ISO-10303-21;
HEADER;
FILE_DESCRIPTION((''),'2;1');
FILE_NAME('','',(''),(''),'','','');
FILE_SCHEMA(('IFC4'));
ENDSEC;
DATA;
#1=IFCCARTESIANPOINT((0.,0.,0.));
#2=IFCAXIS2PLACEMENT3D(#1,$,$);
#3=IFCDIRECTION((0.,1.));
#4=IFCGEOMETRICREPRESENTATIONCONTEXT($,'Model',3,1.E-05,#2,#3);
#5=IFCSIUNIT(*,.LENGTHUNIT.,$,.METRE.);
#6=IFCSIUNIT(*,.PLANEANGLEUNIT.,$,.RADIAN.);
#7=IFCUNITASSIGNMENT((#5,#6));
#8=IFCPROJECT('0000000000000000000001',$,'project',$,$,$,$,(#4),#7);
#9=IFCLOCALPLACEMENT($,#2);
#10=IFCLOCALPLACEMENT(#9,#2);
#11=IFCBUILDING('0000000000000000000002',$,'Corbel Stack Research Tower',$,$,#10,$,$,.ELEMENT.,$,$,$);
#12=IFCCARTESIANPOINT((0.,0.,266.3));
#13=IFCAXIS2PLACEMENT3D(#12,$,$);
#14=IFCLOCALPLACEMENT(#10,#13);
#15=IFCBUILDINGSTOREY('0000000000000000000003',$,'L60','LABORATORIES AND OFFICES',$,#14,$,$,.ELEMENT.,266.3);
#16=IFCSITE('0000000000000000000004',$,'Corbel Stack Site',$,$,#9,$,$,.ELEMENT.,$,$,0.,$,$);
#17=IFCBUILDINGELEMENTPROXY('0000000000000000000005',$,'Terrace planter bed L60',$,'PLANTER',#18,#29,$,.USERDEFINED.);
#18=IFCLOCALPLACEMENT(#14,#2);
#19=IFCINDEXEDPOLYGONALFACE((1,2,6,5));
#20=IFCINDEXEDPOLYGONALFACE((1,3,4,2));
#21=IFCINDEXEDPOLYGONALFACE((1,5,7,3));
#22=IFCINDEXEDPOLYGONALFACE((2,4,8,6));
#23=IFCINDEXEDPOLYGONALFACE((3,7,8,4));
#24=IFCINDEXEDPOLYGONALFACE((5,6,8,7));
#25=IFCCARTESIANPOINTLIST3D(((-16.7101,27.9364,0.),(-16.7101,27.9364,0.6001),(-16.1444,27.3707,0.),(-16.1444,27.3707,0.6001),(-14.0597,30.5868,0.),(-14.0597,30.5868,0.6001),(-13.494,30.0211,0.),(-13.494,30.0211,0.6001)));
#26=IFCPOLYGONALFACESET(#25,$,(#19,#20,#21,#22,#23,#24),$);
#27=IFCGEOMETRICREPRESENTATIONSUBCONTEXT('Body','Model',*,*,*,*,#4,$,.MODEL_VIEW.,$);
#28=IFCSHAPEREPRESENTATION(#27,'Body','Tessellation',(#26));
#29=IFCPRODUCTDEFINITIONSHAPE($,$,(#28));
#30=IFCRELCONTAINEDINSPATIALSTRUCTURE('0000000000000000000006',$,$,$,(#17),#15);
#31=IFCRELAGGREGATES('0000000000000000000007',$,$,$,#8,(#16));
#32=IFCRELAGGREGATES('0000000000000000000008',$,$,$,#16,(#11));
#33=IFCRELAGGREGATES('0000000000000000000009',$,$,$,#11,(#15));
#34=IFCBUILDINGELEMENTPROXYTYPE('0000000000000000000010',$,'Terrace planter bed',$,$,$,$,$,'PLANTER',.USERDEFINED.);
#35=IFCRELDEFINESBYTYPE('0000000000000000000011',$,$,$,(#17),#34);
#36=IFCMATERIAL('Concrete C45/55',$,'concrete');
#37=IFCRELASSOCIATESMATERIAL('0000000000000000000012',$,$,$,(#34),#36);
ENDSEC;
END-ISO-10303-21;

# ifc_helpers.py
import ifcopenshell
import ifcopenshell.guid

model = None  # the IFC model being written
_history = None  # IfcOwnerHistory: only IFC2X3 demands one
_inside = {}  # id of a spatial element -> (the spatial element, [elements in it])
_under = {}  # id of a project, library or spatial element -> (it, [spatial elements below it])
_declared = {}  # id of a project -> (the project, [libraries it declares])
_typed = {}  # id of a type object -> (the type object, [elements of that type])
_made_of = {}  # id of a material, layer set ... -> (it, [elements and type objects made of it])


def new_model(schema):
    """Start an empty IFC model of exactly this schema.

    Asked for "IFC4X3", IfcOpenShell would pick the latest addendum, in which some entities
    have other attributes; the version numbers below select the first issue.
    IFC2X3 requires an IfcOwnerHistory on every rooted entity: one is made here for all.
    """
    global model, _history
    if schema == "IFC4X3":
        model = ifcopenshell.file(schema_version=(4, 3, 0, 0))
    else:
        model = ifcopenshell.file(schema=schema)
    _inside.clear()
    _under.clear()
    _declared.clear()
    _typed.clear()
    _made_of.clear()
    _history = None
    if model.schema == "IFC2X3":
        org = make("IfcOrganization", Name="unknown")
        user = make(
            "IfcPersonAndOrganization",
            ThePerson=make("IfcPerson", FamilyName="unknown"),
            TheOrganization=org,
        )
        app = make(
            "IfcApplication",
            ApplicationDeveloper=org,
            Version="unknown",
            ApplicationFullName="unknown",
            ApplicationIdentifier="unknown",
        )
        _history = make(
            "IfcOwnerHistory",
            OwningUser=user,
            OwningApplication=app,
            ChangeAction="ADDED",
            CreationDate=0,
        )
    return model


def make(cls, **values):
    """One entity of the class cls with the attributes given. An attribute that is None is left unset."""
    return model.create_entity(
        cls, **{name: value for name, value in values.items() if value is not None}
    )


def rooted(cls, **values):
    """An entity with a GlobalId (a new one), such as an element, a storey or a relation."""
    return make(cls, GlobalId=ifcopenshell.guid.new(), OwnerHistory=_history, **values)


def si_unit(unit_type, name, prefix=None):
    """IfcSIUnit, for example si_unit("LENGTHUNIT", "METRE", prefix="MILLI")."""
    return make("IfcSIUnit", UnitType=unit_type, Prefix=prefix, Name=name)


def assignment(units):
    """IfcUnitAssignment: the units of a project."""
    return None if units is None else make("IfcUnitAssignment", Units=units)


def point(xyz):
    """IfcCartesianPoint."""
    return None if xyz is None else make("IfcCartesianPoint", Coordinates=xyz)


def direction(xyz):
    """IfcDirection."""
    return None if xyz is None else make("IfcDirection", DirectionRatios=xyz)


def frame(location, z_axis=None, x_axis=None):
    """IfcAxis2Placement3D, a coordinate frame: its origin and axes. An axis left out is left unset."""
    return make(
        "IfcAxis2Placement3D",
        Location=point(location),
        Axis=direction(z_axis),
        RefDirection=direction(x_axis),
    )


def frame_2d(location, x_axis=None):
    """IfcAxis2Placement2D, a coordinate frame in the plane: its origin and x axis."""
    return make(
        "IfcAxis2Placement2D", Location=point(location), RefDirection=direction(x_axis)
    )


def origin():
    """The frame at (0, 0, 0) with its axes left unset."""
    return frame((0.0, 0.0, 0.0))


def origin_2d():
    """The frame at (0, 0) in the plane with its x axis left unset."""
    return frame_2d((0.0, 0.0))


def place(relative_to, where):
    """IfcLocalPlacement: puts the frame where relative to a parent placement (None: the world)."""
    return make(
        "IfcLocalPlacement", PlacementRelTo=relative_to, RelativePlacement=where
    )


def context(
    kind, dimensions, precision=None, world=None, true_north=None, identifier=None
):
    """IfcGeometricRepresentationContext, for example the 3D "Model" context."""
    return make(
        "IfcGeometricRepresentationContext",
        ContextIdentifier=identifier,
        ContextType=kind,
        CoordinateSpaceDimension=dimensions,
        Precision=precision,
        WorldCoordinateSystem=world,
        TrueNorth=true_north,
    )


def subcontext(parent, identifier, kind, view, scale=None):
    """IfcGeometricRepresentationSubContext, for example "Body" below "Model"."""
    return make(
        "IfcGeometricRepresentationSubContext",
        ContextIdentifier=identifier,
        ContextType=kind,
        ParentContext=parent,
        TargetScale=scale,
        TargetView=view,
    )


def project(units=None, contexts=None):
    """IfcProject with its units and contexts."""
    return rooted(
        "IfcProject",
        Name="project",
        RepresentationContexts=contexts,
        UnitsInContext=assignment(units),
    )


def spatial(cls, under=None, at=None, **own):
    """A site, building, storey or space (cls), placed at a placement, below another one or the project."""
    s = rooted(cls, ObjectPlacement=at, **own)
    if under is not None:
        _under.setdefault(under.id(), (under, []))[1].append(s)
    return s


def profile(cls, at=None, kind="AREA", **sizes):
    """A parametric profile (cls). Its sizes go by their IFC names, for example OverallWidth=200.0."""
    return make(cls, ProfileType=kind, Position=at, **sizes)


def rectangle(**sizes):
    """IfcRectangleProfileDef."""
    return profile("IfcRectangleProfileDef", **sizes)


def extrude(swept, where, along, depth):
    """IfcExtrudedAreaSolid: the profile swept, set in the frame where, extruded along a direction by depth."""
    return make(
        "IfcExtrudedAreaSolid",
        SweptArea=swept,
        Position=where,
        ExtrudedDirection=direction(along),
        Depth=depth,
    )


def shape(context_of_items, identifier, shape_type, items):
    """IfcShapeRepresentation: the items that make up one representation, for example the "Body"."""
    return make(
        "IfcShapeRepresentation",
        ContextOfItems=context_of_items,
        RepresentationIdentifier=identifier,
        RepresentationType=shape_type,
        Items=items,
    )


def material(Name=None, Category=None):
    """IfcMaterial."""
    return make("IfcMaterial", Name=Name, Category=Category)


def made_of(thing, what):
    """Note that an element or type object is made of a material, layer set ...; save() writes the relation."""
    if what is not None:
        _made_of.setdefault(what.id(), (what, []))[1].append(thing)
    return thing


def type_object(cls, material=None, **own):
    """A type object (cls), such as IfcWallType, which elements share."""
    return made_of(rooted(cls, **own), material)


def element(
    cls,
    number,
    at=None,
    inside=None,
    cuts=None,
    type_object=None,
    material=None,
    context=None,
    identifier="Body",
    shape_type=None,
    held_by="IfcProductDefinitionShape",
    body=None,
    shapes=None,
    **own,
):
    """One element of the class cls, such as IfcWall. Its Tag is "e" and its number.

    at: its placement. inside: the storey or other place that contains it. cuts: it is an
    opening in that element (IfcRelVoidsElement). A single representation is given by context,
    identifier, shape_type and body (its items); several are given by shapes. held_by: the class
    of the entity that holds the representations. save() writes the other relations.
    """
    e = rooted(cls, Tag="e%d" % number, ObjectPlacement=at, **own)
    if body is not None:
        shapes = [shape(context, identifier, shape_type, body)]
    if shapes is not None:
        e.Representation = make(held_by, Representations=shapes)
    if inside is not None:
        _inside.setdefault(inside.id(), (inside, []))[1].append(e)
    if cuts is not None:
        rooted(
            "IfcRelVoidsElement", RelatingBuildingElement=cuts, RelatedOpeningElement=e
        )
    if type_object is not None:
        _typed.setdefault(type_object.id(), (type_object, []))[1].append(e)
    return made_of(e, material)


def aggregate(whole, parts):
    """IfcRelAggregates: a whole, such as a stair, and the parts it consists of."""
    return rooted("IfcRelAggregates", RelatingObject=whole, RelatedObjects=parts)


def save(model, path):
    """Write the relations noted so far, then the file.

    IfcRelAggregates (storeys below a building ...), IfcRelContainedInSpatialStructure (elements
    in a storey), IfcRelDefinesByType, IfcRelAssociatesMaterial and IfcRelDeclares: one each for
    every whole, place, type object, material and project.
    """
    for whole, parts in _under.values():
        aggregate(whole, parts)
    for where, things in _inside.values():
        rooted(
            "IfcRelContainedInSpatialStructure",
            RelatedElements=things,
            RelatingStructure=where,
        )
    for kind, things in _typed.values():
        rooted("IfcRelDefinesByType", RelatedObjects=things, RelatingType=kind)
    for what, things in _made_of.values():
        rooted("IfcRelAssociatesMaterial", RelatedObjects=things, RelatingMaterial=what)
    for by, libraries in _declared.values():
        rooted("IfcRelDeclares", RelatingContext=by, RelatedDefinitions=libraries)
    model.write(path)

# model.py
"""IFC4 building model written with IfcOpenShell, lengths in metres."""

from ifc_helpers import new_model, si_unit, direction, frame, origin, origin_2d, place, context, subcontext, project, spatial, rectangle, extrude, material, type_object, element, save


model = new_model("IFC4")

# Units and contexts
model_context = context("Model", 3, precision=1e-05, world=origin(), true_north=direction((0.0, 1.0)))
body_context = subcontext(model_context, "Body", "Model", "MODEL_VIEW")
ifc_project = project(units=[si_unit("LENGTHUNIT", "METRE"), si_unit("PLANEANGLEUNIT", "RADIAN")], contexts=[model_context])

# Site, building, storey
site_placement = place(None, origin())
site = spatial("IfcSite", under=ifc_project, at=site_placement, Name="Corbel Stack Site", CompositionType="ELEMENT", RefElevation=0.0)
building_placement = place(site_placement, origin())
building = spatial("IfcBuilding", under=site, at=building_placement, Name="Corbel Stack Research Tower", CompositionType="ELEMENT")
storey_placement = place(building_placement, frame((0.0, 0.0, 266.3)))
storey = spatial("IfcBuildingStorey", under=building, at=storey_placement, Name="L60", Description="LABORATORIES AND OFFICES", CompositionType="ELEMENT", Elevation=266.3)

# Building element proxy
ifc_material_1 = material(Name="Concrete C45/55", Category="concrete")
building_element_proxy_type = type_object("IfcBuildingElementProxyType", Name="Terrace planter bed", ElementType="PLANTER", PredefinedType="USERDEFINED", material=ifc_material_1)
proxy_placement = place(storey_placement, frame((-15.1021, 28.9788, 0.0), z_axis=(0.0, 0.0, 1.0), x_axis=(0.707107, 0.707107, 0.0)))
element("IfcBuildingElementProxy", 1, at=proxy_placement, inside=storey, type_object=building_element_proxy_type, Name="Terrace planter bed L60", ObjectType="PLANTER", PredefinedType="USERDEFINED", context=body_context, shape_type="SweptSolid", body=[
    extrude(rectangle(XDim=3.7483, YDim=0.8, at=origin_2d()), origin(), (0.0, 0.0, 1.0), 0.6001),
])

save(model, "model.ifc")
